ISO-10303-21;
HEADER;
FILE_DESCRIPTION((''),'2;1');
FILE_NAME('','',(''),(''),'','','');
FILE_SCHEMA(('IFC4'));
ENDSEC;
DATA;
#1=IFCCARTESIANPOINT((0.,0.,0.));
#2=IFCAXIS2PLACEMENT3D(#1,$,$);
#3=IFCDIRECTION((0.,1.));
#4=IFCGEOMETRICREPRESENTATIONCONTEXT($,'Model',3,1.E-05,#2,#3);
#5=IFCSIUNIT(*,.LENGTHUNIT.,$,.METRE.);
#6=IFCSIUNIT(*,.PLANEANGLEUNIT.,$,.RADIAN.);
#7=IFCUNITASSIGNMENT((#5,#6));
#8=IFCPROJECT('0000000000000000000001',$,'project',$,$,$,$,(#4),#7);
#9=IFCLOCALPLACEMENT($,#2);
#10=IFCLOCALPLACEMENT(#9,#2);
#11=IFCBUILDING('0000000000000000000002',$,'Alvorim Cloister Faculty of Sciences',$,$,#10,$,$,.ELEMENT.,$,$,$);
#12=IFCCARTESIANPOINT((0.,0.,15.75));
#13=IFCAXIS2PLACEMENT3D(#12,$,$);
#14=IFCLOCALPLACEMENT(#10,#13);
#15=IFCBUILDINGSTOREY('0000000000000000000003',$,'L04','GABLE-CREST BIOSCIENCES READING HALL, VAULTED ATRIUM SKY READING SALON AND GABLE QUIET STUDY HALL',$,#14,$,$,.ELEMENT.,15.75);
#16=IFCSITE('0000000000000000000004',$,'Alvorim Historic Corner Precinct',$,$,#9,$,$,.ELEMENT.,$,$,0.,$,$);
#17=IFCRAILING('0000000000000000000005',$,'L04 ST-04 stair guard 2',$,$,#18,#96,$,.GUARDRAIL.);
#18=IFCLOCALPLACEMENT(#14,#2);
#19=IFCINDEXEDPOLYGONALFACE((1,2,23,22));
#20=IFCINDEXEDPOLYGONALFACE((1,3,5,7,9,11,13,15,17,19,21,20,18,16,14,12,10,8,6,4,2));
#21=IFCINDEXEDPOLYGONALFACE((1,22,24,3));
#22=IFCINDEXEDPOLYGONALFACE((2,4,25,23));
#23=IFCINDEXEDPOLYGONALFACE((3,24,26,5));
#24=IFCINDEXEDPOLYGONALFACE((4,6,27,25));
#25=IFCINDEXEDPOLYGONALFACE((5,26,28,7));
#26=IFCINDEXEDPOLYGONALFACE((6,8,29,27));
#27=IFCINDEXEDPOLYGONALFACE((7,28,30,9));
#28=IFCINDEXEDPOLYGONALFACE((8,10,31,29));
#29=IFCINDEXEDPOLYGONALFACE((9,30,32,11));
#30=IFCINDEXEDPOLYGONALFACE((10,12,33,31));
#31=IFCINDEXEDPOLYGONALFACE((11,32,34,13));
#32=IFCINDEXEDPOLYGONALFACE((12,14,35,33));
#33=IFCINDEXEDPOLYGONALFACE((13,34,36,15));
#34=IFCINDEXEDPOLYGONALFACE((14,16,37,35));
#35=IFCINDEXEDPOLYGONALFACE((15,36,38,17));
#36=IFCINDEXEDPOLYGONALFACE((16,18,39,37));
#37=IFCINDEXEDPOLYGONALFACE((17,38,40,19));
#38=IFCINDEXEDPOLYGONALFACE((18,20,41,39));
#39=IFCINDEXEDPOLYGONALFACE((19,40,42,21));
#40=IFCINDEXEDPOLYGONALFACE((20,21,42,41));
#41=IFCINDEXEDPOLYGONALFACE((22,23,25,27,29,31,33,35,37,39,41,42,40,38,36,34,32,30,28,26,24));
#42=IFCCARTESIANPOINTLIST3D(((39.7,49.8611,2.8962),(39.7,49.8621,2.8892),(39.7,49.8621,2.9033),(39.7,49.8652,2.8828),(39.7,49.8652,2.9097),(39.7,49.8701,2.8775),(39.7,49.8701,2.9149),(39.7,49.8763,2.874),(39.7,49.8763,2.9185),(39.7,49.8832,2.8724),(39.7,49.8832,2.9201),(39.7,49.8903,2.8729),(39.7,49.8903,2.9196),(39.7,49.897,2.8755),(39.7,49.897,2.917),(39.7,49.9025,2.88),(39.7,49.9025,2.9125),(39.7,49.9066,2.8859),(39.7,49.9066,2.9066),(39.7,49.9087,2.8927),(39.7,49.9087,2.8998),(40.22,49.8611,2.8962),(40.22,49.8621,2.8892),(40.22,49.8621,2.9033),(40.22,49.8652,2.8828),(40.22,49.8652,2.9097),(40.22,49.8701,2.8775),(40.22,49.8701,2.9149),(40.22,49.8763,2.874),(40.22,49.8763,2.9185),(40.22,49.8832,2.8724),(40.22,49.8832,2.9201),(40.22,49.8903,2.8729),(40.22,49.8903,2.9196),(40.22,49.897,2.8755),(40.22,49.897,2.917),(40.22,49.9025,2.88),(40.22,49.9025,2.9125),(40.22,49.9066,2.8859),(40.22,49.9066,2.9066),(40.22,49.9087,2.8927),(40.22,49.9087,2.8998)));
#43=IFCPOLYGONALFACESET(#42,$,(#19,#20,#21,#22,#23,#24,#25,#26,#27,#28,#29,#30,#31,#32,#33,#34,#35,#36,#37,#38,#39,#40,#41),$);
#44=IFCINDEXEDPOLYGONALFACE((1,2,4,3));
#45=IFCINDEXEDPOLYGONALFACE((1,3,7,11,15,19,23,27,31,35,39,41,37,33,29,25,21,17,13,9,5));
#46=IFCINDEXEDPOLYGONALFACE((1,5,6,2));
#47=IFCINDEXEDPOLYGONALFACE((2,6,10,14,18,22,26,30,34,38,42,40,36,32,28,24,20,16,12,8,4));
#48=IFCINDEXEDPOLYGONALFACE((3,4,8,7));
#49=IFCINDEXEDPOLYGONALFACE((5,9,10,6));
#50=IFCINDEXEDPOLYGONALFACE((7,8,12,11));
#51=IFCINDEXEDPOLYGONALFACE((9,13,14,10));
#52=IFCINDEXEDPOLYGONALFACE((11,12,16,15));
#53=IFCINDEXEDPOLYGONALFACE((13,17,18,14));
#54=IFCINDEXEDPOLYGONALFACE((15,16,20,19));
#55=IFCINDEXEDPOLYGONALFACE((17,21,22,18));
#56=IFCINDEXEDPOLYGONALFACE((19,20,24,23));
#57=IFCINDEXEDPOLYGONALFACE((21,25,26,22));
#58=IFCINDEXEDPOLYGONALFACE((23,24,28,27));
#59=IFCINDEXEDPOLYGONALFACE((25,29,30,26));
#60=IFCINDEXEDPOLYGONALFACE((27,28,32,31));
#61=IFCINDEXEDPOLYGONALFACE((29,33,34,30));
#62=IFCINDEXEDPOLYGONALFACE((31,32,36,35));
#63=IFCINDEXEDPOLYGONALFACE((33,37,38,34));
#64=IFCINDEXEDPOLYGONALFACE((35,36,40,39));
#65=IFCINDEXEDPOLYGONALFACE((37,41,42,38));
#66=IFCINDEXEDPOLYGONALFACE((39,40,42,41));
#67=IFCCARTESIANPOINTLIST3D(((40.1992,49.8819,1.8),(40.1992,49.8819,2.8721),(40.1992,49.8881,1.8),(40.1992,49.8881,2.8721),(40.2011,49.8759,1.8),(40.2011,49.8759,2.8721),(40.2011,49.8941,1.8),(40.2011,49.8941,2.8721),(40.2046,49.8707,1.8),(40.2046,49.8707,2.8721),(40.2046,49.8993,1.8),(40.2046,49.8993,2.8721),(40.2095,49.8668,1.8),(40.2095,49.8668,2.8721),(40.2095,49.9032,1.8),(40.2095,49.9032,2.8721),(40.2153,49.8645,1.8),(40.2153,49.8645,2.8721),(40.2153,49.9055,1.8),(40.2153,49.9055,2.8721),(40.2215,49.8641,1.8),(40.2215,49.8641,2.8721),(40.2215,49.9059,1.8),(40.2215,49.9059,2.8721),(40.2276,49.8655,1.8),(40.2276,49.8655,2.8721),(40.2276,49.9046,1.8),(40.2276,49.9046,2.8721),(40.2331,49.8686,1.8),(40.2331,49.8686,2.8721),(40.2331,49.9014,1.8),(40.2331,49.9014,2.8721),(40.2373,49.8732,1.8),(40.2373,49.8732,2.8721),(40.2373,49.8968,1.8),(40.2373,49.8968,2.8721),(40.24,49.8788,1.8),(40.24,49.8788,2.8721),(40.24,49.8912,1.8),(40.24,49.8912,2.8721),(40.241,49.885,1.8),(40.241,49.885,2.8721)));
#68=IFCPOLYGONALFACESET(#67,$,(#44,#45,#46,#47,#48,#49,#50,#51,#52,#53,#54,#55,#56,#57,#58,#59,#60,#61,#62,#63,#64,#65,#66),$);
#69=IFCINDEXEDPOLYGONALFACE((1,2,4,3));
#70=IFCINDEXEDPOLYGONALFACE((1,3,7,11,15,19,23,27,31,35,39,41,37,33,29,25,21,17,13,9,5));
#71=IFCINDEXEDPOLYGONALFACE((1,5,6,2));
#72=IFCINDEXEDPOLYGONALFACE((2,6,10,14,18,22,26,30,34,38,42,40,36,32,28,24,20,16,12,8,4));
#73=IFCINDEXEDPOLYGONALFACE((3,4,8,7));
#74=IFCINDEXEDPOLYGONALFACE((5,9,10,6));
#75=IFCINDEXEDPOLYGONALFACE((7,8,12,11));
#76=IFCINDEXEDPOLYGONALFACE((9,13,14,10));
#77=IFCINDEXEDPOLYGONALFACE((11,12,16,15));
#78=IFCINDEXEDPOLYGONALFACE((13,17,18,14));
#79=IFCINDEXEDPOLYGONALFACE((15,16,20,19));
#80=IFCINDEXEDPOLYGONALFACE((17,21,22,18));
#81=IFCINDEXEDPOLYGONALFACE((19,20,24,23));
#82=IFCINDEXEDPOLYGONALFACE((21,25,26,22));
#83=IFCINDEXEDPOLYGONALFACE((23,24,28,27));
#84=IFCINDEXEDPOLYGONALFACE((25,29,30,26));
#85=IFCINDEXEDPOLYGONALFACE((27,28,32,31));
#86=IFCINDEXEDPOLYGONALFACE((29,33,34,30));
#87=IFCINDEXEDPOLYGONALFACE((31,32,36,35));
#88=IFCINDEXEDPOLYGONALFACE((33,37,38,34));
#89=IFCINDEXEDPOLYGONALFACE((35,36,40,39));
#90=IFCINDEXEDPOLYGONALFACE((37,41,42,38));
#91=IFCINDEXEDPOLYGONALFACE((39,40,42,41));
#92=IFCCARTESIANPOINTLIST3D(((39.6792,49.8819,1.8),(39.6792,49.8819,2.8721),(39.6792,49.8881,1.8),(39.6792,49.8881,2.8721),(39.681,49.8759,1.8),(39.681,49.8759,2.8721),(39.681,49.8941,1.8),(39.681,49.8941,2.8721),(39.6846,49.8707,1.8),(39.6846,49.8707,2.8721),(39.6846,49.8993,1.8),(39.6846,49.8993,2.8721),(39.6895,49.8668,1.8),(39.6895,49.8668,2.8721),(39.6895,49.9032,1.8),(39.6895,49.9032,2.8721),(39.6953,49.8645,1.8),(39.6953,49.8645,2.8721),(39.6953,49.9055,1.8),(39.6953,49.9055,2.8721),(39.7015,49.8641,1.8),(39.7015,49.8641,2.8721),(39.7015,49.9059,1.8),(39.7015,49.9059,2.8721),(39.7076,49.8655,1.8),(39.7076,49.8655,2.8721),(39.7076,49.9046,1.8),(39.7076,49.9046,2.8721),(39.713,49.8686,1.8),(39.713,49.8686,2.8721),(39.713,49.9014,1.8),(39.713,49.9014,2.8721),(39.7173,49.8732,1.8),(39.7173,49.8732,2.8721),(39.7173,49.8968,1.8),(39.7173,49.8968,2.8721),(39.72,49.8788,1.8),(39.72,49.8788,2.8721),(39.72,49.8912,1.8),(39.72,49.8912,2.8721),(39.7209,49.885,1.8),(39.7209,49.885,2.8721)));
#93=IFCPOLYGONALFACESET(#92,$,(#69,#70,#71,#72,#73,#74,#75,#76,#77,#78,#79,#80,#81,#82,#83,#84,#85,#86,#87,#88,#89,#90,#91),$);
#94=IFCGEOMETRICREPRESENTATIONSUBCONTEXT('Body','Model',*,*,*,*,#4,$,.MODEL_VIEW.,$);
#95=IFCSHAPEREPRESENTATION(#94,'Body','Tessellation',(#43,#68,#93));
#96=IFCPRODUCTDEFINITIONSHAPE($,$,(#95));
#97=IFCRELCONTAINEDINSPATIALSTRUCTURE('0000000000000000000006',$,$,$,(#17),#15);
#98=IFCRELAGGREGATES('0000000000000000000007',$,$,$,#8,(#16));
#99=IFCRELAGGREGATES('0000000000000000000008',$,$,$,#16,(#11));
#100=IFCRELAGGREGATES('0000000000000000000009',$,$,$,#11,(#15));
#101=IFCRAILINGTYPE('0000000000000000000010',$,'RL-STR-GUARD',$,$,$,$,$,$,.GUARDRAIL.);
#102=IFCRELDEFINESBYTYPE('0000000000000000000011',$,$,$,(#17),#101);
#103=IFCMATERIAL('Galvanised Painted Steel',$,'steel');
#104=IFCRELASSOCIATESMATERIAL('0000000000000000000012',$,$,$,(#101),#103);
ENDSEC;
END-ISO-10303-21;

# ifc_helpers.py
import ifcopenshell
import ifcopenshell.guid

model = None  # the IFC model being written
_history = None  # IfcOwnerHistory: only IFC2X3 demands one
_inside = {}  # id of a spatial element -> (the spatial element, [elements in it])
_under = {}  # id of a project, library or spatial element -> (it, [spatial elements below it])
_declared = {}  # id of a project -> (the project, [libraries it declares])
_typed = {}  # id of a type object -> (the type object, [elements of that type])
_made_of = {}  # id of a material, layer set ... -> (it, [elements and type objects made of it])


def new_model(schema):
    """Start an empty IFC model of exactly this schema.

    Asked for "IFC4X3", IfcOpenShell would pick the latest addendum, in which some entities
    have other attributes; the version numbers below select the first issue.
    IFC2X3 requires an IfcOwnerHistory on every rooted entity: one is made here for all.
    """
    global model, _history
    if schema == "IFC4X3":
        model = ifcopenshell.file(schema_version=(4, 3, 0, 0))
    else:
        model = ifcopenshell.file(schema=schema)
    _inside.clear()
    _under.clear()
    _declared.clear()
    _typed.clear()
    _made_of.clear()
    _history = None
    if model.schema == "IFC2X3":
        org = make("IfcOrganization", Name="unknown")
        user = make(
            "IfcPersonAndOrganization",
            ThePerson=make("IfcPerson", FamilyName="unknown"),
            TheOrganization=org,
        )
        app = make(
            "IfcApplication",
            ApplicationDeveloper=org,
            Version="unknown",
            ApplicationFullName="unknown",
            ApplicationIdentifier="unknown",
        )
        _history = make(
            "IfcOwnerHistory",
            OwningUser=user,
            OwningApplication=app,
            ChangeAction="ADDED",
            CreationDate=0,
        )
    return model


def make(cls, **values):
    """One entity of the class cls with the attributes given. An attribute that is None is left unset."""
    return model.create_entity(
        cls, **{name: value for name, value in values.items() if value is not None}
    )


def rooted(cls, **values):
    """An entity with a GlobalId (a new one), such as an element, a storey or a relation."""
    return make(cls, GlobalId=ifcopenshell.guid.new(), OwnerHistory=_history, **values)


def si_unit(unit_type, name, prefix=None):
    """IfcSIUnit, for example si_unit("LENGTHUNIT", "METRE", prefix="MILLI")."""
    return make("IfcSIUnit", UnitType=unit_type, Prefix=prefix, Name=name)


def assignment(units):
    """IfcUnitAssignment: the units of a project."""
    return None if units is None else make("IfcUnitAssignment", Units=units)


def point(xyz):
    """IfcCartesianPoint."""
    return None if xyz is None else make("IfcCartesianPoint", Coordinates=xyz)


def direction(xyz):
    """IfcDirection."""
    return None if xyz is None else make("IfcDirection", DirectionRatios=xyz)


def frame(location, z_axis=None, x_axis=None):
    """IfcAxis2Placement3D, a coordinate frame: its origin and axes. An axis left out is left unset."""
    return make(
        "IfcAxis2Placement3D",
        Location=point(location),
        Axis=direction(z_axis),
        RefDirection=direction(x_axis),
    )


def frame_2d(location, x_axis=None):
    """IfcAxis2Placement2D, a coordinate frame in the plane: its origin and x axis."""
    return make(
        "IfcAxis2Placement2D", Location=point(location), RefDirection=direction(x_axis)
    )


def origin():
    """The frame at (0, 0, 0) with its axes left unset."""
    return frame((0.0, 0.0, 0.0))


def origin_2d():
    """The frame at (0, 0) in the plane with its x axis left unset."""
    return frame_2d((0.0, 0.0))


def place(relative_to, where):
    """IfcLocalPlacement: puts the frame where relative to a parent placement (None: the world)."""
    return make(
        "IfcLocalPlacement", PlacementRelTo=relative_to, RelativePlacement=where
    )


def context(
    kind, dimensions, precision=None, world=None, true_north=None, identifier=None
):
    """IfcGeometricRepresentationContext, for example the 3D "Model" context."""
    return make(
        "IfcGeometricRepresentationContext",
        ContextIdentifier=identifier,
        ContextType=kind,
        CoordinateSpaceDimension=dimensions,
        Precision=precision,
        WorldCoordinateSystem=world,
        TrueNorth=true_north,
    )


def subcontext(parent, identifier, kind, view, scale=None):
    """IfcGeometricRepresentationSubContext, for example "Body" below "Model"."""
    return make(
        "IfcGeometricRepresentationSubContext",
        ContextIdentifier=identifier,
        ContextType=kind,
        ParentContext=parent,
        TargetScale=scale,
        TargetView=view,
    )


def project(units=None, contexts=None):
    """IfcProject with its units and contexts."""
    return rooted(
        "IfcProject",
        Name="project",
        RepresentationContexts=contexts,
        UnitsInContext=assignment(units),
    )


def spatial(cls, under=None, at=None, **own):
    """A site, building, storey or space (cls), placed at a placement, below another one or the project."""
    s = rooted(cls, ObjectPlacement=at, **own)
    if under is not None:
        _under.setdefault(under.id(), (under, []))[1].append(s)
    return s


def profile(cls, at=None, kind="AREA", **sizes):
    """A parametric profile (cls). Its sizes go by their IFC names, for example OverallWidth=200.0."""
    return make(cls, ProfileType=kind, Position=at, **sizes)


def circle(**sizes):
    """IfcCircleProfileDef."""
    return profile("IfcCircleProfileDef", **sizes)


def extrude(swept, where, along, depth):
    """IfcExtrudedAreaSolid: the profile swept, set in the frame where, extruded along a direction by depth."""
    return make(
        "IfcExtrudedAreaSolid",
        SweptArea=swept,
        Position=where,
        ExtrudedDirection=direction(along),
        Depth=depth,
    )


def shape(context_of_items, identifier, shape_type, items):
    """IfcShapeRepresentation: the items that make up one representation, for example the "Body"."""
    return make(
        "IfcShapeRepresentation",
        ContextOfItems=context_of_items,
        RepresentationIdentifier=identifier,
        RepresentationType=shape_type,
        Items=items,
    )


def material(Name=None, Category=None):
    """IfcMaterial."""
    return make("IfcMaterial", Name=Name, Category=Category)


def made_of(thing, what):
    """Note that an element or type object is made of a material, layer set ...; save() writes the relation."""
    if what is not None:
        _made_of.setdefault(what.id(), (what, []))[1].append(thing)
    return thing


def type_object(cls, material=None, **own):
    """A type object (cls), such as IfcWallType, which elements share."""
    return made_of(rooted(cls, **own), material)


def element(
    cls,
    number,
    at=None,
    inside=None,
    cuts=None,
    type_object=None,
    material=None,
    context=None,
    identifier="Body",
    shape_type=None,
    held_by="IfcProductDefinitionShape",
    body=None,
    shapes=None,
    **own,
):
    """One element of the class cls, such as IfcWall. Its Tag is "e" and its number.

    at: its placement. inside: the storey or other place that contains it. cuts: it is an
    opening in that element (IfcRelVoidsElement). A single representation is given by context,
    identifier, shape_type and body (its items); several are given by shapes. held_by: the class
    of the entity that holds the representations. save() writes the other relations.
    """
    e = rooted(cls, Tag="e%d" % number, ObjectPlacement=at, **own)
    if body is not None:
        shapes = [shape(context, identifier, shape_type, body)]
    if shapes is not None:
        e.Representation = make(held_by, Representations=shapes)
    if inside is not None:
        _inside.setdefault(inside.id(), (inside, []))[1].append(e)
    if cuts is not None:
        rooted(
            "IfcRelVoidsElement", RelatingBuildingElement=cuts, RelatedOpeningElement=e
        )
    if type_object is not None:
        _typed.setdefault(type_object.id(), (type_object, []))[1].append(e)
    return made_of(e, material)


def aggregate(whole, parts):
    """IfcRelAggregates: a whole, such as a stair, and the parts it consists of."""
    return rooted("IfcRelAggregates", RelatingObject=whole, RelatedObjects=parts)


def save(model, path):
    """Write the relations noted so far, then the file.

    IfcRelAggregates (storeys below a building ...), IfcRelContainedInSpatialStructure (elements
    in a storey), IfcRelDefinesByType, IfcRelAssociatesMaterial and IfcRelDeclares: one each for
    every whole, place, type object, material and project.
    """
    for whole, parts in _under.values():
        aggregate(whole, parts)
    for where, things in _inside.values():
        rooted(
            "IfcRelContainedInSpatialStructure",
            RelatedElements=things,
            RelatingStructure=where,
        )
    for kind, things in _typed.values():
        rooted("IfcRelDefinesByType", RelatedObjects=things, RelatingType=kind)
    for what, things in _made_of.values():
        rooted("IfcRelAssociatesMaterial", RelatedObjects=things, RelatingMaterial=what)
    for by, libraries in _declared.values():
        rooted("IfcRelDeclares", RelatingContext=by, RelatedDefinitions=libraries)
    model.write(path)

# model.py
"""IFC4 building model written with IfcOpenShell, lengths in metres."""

from ifc_helpers import new_model, si_unit, direction, frame, origin, origin_2d, place, context, subcontext, project, spatial, circle, extrude, material, type_object, element, save


model = new_model("IFC4")

# Units and contexts
model_context = context("Model", 3, precision=1e-05, world=origin(), true_north=direction((0.0, 1.0)))
body_context = subcontext(model_context, "Body", "Model", "MODEL_VIEW")
ifc_project = project(units=[si_unit("LENGTHUNIT", "METRE"), si_unit("PLANEANGLEUNIT", "RADIAN")], contexts=[model_context])

# Site, building, storey
site_placement = place(None, origin())
site = spatial("IfcSite", under=ifc_project, at=site_placement, Name="Alvorim Historic Corner Precinct", CompositionType="ELEMENT", RefElevation=0.0)
building_placement = place(site_placement, origin())
building = spatial("IfcBuilding", under=site, at=building_placement, Name="Alvorim Cloister Faculty of Sciences", CompositionType="ELEMENT")
storey_placement = place(building_placement, frame((0.0, 0.0, 15.75)))
storey = spatial("IfcBuildingStorey", under=building, at=storey_placement, Name="L04", Description="GABLE-CREST BIOSCIENCES READING HALL, VAULTED ATRIUM SKY READING SALON AND GABLE QUIET STUDY HALL", CompositionType="ELEMENT", Elevation=15.75)

# Railing
ifc_material_1 = material(Name="Galvanised Painted Steel", Category="steel")
railing_type_1 = type_object("IfcRailingType", Name="RL-STR-GUARD", PredefinedType="GUARDRAIL", material=ifc_material_1)
railing_1_placement = place(storey_placement, frame((40.22, 49.885, 1.8)))
element("IfcRailing", 1, at=railing_1_placement, inside=storey, type_object=railing_type_1, Name="L04 ST-04 stair guard 2", PredefinedType="GUARDRAIL", context=body_context, shape_type="SweptSolid", body=[
    extrude(circle(Radius=0.0239, at=origin_2d()), frame((0.0, 0.0, 1.0962), z_axis=(-1.0, 0.0, 0.0), x_axis=(0.0, -1.0, 0.0)), (0.0, 0.0, 1.0), 0.52),
    extrude(circle(Radius=0.021, at=origin_2d()), origin(), (0.0, 0.0, 1.0), 1.072),
    extrude(circle(Radius=0.021, at=origin_2d()), frame((-0.52, 0.0, 0.0)), (0.0, 0.0, 1.0), 1.072),
])

save(model, "model.ifc")
